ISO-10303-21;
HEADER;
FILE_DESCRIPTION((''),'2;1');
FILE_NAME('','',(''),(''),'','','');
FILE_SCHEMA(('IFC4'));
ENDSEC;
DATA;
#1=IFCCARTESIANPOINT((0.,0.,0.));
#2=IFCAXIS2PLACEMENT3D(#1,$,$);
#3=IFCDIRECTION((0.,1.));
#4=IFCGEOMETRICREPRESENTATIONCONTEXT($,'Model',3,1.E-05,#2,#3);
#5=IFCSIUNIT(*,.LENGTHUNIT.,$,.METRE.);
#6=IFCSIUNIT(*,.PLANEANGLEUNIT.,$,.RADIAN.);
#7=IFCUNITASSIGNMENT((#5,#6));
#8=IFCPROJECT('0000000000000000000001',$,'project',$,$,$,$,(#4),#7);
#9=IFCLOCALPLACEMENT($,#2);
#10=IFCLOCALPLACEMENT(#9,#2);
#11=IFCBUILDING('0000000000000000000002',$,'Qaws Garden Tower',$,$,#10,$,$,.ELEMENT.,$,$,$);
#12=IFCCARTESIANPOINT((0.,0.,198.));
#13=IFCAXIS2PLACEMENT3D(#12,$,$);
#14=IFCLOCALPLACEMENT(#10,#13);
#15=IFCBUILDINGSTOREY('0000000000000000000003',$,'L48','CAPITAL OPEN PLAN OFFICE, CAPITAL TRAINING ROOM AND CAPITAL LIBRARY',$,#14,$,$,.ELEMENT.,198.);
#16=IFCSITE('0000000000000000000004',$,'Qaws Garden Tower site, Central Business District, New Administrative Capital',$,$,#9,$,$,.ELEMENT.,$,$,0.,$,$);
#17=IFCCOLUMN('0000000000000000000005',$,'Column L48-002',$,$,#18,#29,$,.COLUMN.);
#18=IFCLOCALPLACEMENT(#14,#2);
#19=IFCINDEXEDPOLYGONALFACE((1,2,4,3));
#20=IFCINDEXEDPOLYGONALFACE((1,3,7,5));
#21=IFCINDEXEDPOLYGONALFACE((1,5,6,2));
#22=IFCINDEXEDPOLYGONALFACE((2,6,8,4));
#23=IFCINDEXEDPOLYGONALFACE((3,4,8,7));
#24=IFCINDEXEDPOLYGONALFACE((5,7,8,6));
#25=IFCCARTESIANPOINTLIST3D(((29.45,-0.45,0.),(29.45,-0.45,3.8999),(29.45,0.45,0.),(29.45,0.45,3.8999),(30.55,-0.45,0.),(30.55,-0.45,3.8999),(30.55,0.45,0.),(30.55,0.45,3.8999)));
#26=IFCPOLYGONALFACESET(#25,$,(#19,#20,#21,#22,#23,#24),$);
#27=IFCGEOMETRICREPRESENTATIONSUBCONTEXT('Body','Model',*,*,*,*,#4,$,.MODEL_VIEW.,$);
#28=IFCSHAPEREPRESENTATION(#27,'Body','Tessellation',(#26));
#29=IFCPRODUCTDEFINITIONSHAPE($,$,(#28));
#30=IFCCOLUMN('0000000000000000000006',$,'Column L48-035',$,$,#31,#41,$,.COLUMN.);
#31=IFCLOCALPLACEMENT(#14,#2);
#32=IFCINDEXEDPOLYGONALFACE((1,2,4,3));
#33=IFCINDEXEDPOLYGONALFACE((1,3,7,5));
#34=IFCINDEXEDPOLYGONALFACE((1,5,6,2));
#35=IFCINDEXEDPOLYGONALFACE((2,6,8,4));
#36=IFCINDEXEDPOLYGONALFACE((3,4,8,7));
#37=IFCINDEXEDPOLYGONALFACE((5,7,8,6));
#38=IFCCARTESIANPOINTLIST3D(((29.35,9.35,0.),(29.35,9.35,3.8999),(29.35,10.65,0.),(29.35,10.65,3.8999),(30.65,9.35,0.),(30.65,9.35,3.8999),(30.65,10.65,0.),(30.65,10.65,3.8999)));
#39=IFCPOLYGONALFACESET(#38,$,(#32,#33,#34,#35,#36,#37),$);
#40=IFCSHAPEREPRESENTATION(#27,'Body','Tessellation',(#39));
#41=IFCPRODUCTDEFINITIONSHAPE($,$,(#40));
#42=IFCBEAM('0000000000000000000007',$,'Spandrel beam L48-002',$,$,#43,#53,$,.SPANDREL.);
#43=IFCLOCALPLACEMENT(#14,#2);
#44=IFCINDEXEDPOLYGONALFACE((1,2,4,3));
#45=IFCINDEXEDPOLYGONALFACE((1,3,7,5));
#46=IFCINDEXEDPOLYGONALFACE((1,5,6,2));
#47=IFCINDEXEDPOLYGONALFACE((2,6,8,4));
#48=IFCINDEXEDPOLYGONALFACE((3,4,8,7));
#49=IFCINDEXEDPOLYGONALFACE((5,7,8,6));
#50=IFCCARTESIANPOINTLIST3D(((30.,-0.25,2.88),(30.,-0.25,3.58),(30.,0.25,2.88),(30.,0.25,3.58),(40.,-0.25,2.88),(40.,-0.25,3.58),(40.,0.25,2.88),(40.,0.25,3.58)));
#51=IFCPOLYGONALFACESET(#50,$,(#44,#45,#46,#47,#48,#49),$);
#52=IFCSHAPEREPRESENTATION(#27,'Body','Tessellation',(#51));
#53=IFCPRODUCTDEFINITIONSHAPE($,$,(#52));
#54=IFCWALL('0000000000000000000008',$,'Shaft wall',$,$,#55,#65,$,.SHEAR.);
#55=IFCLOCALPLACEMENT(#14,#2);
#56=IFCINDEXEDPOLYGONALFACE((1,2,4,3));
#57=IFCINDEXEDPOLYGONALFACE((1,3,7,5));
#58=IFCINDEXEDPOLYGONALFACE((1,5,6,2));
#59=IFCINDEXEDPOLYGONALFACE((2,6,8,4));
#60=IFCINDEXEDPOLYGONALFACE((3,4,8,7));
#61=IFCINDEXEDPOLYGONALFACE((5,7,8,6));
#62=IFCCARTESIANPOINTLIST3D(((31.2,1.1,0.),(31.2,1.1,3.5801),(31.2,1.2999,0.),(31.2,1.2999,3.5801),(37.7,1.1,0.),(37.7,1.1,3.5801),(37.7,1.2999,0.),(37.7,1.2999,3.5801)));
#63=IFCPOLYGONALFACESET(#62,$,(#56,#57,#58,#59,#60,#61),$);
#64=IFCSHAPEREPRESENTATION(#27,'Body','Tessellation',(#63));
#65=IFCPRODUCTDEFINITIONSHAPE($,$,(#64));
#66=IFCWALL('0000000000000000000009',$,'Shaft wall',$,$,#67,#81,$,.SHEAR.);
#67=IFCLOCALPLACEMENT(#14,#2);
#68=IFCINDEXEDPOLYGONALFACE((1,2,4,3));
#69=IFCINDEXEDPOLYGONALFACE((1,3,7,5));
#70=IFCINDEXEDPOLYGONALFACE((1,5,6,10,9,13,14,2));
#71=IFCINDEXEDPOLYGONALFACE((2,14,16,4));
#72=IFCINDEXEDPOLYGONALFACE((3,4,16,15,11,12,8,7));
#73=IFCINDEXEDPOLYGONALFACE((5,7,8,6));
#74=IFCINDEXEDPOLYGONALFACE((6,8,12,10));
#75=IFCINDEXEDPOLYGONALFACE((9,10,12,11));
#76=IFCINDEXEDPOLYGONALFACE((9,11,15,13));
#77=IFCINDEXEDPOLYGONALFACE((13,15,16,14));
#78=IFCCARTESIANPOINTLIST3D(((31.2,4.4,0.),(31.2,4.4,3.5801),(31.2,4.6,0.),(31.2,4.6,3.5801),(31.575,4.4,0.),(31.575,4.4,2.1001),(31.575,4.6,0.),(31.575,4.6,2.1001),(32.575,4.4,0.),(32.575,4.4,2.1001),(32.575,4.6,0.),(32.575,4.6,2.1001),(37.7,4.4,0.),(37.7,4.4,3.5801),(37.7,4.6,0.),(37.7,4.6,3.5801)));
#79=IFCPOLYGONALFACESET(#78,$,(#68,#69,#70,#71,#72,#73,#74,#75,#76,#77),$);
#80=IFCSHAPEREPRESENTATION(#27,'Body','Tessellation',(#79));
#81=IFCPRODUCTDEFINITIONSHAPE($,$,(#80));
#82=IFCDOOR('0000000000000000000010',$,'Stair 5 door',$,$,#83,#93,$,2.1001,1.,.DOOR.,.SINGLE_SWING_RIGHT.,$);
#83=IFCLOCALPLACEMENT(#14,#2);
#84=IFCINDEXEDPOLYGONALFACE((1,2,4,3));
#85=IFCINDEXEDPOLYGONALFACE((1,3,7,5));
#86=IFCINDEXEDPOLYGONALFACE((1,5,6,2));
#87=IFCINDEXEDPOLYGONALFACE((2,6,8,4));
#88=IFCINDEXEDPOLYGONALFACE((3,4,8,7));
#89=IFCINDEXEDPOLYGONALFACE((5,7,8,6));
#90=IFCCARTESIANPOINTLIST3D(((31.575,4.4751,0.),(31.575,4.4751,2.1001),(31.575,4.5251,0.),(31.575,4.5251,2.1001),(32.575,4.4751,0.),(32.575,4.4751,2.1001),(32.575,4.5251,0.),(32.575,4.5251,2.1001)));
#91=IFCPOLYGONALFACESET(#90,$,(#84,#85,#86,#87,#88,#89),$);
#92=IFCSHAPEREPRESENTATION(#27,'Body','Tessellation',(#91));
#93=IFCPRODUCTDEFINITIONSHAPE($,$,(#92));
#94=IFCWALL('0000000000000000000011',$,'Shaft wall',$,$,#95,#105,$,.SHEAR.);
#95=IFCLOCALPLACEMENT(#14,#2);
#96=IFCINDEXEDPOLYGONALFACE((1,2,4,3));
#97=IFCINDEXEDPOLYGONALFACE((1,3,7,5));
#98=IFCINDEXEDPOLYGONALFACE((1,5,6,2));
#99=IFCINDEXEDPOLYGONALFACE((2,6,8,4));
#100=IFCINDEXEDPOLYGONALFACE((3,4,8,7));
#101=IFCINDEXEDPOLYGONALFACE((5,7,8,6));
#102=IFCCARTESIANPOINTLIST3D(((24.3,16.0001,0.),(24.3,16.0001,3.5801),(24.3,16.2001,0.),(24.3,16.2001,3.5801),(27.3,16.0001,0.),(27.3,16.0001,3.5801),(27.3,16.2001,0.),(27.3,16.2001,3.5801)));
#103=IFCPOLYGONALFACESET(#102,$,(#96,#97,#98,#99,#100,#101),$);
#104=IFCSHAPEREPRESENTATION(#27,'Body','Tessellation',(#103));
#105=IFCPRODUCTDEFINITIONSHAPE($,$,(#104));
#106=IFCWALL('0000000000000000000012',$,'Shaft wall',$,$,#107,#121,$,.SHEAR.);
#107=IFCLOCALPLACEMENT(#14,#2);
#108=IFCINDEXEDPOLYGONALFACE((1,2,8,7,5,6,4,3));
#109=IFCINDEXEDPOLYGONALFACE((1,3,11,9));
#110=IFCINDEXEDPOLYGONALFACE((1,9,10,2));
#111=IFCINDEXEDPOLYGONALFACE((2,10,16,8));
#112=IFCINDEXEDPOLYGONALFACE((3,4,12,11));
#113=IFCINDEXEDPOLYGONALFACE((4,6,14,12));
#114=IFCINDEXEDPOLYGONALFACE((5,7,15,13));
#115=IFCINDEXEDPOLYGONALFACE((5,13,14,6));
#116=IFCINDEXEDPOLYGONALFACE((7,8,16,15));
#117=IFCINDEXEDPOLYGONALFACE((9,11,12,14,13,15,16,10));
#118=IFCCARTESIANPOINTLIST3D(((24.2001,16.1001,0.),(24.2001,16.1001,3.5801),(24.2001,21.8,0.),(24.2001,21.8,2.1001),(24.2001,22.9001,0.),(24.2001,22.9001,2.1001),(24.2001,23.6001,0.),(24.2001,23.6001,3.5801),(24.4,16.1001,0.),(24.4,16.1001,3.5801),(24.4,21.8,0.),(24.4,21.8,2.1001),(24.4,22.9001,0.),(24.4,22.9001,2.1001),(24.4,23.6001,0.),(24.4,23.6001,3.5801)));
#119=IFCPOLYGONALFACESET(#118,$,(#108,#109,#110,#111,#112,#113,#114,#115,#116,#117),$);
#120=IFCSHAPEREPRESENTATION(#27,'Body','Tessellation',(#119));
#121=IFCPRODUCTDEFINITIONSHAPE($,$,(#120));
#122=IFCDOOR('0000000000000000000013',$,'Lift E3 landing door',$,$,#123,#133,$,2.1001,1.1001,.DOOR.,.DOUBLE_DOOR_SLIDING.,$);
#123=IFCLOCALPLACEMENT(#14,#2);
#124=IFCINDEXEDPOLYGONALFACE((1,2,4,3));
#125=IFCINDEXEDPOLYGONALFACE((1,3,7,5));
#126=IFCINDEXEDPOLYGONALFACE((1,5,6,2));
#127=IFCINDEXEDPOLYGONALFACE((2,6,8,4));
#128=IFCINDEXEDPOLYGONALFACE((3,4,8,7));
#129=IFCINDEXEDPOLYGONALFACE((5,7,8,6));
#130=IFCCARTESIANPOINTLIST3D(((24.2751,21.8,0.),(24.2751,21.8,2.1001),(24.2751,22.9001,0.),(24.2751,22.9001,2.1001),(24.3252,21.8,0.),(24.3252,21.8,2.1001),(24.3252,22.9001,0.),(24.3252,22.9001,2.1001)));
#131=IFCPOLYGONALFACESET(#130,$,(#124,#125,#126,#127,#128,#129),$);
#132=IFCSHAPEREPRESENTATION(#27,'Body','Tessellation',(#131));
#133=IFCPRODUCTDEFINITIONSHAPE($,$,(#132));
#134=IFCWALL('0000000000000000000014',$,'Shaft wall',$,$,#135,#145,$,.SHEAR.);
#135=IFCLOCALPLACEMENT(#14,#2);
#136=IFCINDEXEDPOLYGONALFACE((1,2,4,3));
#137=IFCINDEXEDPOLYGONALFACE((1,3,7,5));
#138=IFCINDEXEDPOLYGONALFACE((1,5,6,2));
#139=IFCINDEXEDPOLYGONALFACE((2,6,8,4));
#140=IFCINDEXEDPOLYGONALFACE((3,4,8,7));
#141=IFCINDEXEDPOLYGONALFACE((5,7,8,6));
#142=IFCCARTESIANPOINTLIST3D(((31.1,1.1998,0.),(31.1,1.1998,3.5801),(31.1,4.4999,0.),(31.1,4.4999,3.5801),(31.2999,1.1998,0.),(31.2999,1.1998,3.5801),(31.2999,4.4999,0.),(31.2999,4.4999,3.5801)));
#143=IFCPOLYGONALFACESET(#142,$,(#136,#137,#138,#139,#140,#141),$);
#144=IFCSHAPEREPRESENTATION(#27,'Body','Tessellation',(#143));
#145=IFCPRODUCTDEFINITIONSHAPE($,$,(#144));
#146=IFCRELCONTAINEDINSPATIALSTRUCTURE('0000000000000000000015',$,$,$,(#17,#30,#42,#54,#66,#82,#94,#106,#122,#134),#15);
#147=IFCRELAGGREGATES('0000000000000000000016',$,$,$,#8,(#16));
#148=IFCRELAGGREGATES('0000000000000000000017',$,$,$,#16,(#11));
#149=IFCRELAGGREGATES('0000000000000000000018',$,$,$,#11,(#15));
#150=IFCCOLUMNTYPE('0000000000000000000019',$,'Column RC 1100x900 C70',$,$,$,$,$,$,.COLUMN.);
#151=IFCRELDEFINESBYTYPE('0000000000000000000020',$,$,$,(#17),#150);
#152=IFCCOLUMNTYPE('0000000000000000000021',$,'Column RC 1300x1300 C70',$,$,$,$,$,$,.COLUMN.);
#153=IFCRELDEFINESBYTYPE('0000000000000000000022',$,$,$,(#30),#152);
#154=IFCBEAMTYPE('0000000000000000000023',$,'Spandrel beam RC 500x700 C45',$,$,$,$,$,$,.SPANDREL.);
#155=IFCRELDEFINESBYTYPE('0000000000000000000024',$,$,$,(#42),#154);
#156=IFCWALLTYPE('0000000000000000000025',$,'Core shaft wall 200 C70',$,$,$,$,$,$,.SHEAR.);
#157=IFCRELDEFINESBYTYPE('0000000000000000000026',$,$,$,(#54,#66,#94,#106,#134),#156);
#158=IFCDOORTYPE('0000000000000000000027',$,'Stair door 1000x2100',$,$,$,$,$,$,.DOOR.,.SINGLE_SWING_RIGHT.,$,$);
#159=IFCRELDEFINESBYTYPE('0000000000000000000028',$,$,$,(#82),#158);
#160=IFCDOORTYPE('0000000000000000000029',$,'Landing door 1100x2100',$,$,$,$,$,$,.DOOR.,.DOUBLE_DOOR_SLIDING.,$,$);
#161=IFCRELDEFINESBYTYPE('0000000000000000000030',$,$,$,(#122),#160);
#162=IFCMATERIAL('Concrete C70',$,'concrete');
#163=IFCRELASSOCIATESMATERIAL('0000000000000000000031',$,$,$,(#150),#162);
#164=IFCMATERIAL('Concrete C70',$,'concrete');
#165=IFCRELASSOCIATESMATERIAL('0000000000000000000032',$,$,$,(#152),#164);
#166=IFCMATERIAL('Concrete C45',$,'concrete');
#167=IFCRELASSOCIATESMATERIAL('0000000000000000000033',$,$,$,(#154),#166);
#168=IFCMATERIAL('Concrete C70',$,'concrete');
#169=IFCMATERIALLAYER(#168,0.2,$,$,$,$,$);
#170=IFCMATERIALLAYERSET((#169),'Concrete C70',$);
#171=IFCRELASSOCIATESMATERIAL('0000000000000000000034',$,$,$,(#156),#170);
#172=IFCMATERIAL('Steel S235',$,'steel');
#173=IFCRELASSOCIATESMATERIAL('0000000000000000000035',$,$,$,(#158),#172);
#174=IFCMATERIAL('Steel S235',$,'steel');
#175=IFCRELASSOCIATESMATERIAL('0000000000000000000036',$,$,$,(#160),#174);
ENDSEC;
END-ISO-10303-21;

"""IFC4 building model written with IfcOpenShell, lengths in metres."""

from ifc_helpers import new_model, si_unit, direction, frame, frame_2d, origin, origin_2d, place, context, subcontext, project, spatial, rectangle, extrude, material, layer, layer_set, material_profile, profile_set, type_object, element, fill, save


model = new_model("IFC4")

# Units and contexts
model_context = context("Model", 3, precision=1e-05, world=origin(), true_north=direction((0.0, 1.0)))
body_context = subcontext(model_context, "Body", "Model", "MODEL_VIEW")
ifc_project = project(units=[si_unit("LENGTHUNIT", "METRE"), si_unit("PLANEANGLEUNIT", "RADIAN")], contexts=[model_context])

# Site, building, storey
site_placement = place(None, origin())
site = spatial("IfcSite", under=ifc_project, at=site_placement, Name="Qaws Garden Tower site, Central Business District, New Administrative Capital", CompositionType="ELEMENT", RefElevation=0.0)
building_placement = place(site_placement, origin())
building = spatial("IfcBuilding", under=site, at=building_placement, Name="Qaws Garden Tower", CompositionType="ELEMENT")
storey_placement = place(building_placement, frame((0.0, 0.0, 198.0)))
storey = spatial("IfcBuildingStorey", under=building, at=storey_placement, Name="L48", Description="CAPITAL OPEN PLAN OFFICE, CAPITAL TRAINING ROOM AND CAPITAL LIBRARY", CompositionType="ELEMENT", Elevation=198.0)

# Columns
ifc_material_1 = material(Name="Concrete C70", Category="concrete")
ifc_material_profile_1 = material_profile(ifc_material_1, rectangle(XDim=1.1001, YDim=0.8999, at=origin_2d()), Name="RC 1100x900")
ifc_profile_set_1 = profile_set([ifc_material_profile_1], Name="Concrete C70")
column_type_1 = type_object("IfcColumnType", Name="Column RC 1100x900 C70", PredefinedType="COLUMN", material=ifc_profile_set_1)
column_1_placement = place(storey_placement, frame((30.0, 0.0, 0.0), z_axis=(0.0, 0.0, 1.0), x_axis=(1.0, 0.0, 0.0)))
element("IfcColumn", 1, at=column_1_placement, inside=storey, type_object=column_type_1, Name="Column L48-002", PredefinedType="COLUMN", context=body_context, shape_type="SweptSolid", body=[
    extrude(rectangle(XDim=1.1001, YDim=0.8999, at=origin_2d()), origin(), (0.0, 0.0, 1.0), 3.8999),
])
ifc_material_2 = material(Name="Concrete C70", Category="concrete")
ifc_material_profile_2 = material_profile(ifc_material_2, rectangle(XDim=1.3, YDim=1.3, at=origin_2d()), Name="RC 1300x1300")
ifc_profile_set_2 = profile_set([ifc_material_profile_2], Name="Concrete C70")
column_type_2 = type_object("IfcColumnType", Name="Column RC 1300x1300 C70", PredefinedType="COLUMN", material=ifc_profile_set_2)
column_2_placement = place(storey_placement, frame((30.0, 10.0, 0.0), z_axis=(0.0, 0.0, 1.0), x_axis=(1.0, 0.0, 0.0)))
element("IfcColumn", 2, at=column_2_placement, inside=storey, type_object=column_type_2, Name="Column L48-035", PredefinedType="COLUMN", context=body_context, shape_type="SweptSolid", body=[
    extrude(rectangle(XDim=1.3, YDim=1.3, at=origin_2d()), origin(), (0.0, 0.0, 1.0), 3.8999),
])

# Beam
ifc_material_3 = material(Name="Concrete C45", Category="concrete")
ifc_material_profile_3 = material_profile(ifc_material_3, rectangle(XDim=0.5, YDim=0.7, at=origin_2d()), Name="RC 500x700")
ifc_profile_set_3 = profile_set([ifc_material_profile_3], Name="Concrete C45")
beam_type = type_object("IfcBeamType", Name="Spandrel beam RC 500x700 C45", PredefinedType="SPANDREL", material=ifc_profile_set_3)
beam_placement = place(storey_placement, frame((30.0, 0.0, 3.23), z_axis=(1.0, 0.0, 0.0), x_axis=(0.0, 1.0, 0.0)))
element("IfcBeam", 3, at=beam_placement, inside=storey, type_object=beam_type, Name="Spandrel beam L48-002", PredefinedType="SPANDREL", context=body_context, shape_type="SweptSolid", body=[
    extrude(rectangle(XDim=0.5, YDim=0.7, at=origin_2d()), origin(), (0.0, 0.0, 1.0), 10.0),
])

# Wall
ifc_material_4 = material(Name="Concrete C70", Category="concrete")
ifc_layer_1 = layer(ifc_material_4, 0.2)
ifc_layer_set_1 = layer_set([ifc_layer_1], Name="Concrete C70")
wall_type_1 = type_object("IfcWallType", Name="Core shaft wall 200 C70", PredefinedType="SHEAR", material=ifc_layer_set_1)
wall_1_placement = place(storey_placement, frame((31.2, 1.2, 0.0), z_axis=(0.0, 0.0, 1.0), x_axis=(1.0, 0.0, 0.0)))
element("IfcWall", 4, at=wall_1_placement, inside=storey, type_object=wall_type_1, Name="Shaft wall", PredefinedType="SHEAR", context=body_context, shape_type="SweptSolid", body=[
    extrude(rectangle(XDim=6.5, YDim=0.2, at=frame_2d((3.25, 0.0))), origin(), (0.0, 0.0, 1.0), 3.5801),
])

# Wall, opening, door
wall_2_placement = place(storey_placement, frame((31.2, 4.5, 0.0), z_axis=(0.0, 0.0, 1.0), x_axis=(1.0, 0.0, 0.0)))
wall_2 = element("IfcWall", 5, at=wall_2_placement, inside=storey, type_object=wall_type_1, Name="Shaft wall", PredefinedType="SHEAR", context=body_context, shape_type="SweptSolid", body=[
    extrude(rectangle(XDim=6.5, YDim=0.2, at=frame_2d((3.25, 0.0))), origin(), (0.0, 0.0, 1.0), 3.5801),
])
opening_1_placement = place(wall_2_placement, frame((0.375, 0.0, 0.0)))
opening_1 = element("IfcOpeningElement", 6, at=opening_1_placement, cuts=wall_2, PredefinedType="OPENING", context=body_context, shape_type="SweptSolid", body=[
    extrude(rectangle(XDim=1.0, YDim=2.1001, at=frame_2d((0.5, 1.05))), frame((0.0, 0.1099, 0.0), z_axis=(0.0, -1.0, 0.0), x_axis=(1.0, 0.0, 0.0)), (0.0, 0.0, 1.0), 0.22),
])
ifc_material_5 = material(Name="Steel S235", Category="steel")
door_type_1 = type_object("IfcDoorType", Name="Stair door 1000x2100", OperationType="SINGLE_SWING_RIGHT", PredefinedType="DOOR", material=ifc_material_5)
door_1_placement = place(opening_1_placement, frame((1.0, 0.0, 0.0), z_axis=(0.0, 0.0, 1.0), x_axis=(-1.0, 0.0, 0.0)))
door_1 = element("IfcDoor", 7, at=door_1_placement, inside=storey, type_object=door_type_1, Name="Stair 5 door", OperationType="SINGLE_SWING_RIGHT", OverallHeight=2.1001, OverallWidth=1.0, PredefinedType="DOOR", context=body_context, shape_type="SweptSolid", body=[
    extrude(rectangle(XDim=1.0, YDim=2.1001, at=frame_2d((0.5, 1.05))), frame((0.0, 0.0249, 0.0), z_axis=(0.0, -1.0, 0.0), x_axis=(1.0, 0.0, 0.0)), (0.0, 0.0, 1.0), 0.05),
])
fill(opening_1, door_1)

# Wall
wall_3_placement = place(storey_placement, frame((24.3, 16.1001, 0.0), z_axis=(0.0, 0.0, 1.0), x_axis=(1.0, 0.0, 0.0)))
element("IfcWall", 8, at=wall_3_placement, inside=storey, type_object=wall_type_1, Name="Shaft wall", PredefinedType="SHEAR", context=body_context, shape_type="SweptSolid", body=[
    extrude(rectangle(XDim=3.0, YDim=0.2, at=frame_2d((1.5, 0.0))), origin(), (0.0, 0.0, 1.0), 3.5801),
])

# Wall, opening, door
wall_4_placement = place(storey_placement, frame((24.3, 16.1001, 0.0), z_axis=(0.0, 0.0, 1.0), x_axis=(0.0, 1.0, 0.0)))
wall_4 = element("IfcWall", 9, at=wall_4_placement, inside=storey, type_object=wall_type_1, Name="Shaft wall", PredefinedType="SHEAR", context=body_context, shape_type="SweptSolid", body=[
    extrude(rectangle(XDim=7.5, YDim=0.2, at=frame_2d((3.75, 0.0))), origin(), (0.0, 0.0, 1.0), 3.5801),
])
opening_2_placement = place(wall_4_placement, frame((5.7, 0.0, 0.0)))
opening_2 = element("IfcOpeningElement", 10, at=opening_2_placement, cuts=wall_4, PredefinedType="OPENING", context=body_context, shape_type="SweptSolid", body=[
    extrude(rectangle(XDim=1.1001, YDim=2.1001, at=frame_2d((0.55, 1.05))), frame((0.0, 0.1099, 0.0), z_axis=(0.0, -1.0, 0.0), x_axis=(1.0, 0.0, 0.0)), (0.0, 0.0, 1.0), 0.22),
])
ifc_material_6 = material(Name="Steel S235", Category="steel")
door_type_2 = type_object("IfcDoorType", Name="Landing door 1100x2100", OperationType="DOUBLE_DOOR_SLIDING", PredefinedType="DOOR", material=ifc_material_6)
door_2_placement = place(opening_2_placement, origin())
door_2 = element("IfcDoor", 11, at=door_2_placement, inside=storey, type_object=door_type_2, Name="Lift E3 landing door", OperationType="DOUBLE_DOOR_SLIDING", OverallHeight=2.1001, OverallWidth=1.1001, PredefinedType="DOOR", context=body_context, shape_type="SweptSolid", body=[
    extrude(rectangle(XDim=1.1001, YDim=2.1001, at=frame_2d((0.55, 1.05))), frame((0.0, 0.0249, 0.0), z_axis=(0.0, -1.0, 0.0), x_axis=(1.0, 0.0, 0.0)), (0.0, 0.0, 1.0), 0.05),
])
fill(opening_2, door_2)

# Wall
wall_5_placement = place(storey_placement, frame((31.2, 1.2, 0.0), z_axis=(0.0, 0.0, 1.0), x_axis=(0.0, 1.0, 0.0)))
element("IfcWall", 12, at=wall_5_placement, inside=storey, type_object=wall_type_1, Name="Shaft wall", PredefinedType="SHEAR", context=body_context, shape_type="SweptSolid", body=[
    extrude(rectangle(XDim=3.3, YDim=0.2, at=frame_2d((1.6499, 0.0))), origin(), (0.0, 0.0, 1.0), 3.5801),
])

save(model, "model.ifc")
